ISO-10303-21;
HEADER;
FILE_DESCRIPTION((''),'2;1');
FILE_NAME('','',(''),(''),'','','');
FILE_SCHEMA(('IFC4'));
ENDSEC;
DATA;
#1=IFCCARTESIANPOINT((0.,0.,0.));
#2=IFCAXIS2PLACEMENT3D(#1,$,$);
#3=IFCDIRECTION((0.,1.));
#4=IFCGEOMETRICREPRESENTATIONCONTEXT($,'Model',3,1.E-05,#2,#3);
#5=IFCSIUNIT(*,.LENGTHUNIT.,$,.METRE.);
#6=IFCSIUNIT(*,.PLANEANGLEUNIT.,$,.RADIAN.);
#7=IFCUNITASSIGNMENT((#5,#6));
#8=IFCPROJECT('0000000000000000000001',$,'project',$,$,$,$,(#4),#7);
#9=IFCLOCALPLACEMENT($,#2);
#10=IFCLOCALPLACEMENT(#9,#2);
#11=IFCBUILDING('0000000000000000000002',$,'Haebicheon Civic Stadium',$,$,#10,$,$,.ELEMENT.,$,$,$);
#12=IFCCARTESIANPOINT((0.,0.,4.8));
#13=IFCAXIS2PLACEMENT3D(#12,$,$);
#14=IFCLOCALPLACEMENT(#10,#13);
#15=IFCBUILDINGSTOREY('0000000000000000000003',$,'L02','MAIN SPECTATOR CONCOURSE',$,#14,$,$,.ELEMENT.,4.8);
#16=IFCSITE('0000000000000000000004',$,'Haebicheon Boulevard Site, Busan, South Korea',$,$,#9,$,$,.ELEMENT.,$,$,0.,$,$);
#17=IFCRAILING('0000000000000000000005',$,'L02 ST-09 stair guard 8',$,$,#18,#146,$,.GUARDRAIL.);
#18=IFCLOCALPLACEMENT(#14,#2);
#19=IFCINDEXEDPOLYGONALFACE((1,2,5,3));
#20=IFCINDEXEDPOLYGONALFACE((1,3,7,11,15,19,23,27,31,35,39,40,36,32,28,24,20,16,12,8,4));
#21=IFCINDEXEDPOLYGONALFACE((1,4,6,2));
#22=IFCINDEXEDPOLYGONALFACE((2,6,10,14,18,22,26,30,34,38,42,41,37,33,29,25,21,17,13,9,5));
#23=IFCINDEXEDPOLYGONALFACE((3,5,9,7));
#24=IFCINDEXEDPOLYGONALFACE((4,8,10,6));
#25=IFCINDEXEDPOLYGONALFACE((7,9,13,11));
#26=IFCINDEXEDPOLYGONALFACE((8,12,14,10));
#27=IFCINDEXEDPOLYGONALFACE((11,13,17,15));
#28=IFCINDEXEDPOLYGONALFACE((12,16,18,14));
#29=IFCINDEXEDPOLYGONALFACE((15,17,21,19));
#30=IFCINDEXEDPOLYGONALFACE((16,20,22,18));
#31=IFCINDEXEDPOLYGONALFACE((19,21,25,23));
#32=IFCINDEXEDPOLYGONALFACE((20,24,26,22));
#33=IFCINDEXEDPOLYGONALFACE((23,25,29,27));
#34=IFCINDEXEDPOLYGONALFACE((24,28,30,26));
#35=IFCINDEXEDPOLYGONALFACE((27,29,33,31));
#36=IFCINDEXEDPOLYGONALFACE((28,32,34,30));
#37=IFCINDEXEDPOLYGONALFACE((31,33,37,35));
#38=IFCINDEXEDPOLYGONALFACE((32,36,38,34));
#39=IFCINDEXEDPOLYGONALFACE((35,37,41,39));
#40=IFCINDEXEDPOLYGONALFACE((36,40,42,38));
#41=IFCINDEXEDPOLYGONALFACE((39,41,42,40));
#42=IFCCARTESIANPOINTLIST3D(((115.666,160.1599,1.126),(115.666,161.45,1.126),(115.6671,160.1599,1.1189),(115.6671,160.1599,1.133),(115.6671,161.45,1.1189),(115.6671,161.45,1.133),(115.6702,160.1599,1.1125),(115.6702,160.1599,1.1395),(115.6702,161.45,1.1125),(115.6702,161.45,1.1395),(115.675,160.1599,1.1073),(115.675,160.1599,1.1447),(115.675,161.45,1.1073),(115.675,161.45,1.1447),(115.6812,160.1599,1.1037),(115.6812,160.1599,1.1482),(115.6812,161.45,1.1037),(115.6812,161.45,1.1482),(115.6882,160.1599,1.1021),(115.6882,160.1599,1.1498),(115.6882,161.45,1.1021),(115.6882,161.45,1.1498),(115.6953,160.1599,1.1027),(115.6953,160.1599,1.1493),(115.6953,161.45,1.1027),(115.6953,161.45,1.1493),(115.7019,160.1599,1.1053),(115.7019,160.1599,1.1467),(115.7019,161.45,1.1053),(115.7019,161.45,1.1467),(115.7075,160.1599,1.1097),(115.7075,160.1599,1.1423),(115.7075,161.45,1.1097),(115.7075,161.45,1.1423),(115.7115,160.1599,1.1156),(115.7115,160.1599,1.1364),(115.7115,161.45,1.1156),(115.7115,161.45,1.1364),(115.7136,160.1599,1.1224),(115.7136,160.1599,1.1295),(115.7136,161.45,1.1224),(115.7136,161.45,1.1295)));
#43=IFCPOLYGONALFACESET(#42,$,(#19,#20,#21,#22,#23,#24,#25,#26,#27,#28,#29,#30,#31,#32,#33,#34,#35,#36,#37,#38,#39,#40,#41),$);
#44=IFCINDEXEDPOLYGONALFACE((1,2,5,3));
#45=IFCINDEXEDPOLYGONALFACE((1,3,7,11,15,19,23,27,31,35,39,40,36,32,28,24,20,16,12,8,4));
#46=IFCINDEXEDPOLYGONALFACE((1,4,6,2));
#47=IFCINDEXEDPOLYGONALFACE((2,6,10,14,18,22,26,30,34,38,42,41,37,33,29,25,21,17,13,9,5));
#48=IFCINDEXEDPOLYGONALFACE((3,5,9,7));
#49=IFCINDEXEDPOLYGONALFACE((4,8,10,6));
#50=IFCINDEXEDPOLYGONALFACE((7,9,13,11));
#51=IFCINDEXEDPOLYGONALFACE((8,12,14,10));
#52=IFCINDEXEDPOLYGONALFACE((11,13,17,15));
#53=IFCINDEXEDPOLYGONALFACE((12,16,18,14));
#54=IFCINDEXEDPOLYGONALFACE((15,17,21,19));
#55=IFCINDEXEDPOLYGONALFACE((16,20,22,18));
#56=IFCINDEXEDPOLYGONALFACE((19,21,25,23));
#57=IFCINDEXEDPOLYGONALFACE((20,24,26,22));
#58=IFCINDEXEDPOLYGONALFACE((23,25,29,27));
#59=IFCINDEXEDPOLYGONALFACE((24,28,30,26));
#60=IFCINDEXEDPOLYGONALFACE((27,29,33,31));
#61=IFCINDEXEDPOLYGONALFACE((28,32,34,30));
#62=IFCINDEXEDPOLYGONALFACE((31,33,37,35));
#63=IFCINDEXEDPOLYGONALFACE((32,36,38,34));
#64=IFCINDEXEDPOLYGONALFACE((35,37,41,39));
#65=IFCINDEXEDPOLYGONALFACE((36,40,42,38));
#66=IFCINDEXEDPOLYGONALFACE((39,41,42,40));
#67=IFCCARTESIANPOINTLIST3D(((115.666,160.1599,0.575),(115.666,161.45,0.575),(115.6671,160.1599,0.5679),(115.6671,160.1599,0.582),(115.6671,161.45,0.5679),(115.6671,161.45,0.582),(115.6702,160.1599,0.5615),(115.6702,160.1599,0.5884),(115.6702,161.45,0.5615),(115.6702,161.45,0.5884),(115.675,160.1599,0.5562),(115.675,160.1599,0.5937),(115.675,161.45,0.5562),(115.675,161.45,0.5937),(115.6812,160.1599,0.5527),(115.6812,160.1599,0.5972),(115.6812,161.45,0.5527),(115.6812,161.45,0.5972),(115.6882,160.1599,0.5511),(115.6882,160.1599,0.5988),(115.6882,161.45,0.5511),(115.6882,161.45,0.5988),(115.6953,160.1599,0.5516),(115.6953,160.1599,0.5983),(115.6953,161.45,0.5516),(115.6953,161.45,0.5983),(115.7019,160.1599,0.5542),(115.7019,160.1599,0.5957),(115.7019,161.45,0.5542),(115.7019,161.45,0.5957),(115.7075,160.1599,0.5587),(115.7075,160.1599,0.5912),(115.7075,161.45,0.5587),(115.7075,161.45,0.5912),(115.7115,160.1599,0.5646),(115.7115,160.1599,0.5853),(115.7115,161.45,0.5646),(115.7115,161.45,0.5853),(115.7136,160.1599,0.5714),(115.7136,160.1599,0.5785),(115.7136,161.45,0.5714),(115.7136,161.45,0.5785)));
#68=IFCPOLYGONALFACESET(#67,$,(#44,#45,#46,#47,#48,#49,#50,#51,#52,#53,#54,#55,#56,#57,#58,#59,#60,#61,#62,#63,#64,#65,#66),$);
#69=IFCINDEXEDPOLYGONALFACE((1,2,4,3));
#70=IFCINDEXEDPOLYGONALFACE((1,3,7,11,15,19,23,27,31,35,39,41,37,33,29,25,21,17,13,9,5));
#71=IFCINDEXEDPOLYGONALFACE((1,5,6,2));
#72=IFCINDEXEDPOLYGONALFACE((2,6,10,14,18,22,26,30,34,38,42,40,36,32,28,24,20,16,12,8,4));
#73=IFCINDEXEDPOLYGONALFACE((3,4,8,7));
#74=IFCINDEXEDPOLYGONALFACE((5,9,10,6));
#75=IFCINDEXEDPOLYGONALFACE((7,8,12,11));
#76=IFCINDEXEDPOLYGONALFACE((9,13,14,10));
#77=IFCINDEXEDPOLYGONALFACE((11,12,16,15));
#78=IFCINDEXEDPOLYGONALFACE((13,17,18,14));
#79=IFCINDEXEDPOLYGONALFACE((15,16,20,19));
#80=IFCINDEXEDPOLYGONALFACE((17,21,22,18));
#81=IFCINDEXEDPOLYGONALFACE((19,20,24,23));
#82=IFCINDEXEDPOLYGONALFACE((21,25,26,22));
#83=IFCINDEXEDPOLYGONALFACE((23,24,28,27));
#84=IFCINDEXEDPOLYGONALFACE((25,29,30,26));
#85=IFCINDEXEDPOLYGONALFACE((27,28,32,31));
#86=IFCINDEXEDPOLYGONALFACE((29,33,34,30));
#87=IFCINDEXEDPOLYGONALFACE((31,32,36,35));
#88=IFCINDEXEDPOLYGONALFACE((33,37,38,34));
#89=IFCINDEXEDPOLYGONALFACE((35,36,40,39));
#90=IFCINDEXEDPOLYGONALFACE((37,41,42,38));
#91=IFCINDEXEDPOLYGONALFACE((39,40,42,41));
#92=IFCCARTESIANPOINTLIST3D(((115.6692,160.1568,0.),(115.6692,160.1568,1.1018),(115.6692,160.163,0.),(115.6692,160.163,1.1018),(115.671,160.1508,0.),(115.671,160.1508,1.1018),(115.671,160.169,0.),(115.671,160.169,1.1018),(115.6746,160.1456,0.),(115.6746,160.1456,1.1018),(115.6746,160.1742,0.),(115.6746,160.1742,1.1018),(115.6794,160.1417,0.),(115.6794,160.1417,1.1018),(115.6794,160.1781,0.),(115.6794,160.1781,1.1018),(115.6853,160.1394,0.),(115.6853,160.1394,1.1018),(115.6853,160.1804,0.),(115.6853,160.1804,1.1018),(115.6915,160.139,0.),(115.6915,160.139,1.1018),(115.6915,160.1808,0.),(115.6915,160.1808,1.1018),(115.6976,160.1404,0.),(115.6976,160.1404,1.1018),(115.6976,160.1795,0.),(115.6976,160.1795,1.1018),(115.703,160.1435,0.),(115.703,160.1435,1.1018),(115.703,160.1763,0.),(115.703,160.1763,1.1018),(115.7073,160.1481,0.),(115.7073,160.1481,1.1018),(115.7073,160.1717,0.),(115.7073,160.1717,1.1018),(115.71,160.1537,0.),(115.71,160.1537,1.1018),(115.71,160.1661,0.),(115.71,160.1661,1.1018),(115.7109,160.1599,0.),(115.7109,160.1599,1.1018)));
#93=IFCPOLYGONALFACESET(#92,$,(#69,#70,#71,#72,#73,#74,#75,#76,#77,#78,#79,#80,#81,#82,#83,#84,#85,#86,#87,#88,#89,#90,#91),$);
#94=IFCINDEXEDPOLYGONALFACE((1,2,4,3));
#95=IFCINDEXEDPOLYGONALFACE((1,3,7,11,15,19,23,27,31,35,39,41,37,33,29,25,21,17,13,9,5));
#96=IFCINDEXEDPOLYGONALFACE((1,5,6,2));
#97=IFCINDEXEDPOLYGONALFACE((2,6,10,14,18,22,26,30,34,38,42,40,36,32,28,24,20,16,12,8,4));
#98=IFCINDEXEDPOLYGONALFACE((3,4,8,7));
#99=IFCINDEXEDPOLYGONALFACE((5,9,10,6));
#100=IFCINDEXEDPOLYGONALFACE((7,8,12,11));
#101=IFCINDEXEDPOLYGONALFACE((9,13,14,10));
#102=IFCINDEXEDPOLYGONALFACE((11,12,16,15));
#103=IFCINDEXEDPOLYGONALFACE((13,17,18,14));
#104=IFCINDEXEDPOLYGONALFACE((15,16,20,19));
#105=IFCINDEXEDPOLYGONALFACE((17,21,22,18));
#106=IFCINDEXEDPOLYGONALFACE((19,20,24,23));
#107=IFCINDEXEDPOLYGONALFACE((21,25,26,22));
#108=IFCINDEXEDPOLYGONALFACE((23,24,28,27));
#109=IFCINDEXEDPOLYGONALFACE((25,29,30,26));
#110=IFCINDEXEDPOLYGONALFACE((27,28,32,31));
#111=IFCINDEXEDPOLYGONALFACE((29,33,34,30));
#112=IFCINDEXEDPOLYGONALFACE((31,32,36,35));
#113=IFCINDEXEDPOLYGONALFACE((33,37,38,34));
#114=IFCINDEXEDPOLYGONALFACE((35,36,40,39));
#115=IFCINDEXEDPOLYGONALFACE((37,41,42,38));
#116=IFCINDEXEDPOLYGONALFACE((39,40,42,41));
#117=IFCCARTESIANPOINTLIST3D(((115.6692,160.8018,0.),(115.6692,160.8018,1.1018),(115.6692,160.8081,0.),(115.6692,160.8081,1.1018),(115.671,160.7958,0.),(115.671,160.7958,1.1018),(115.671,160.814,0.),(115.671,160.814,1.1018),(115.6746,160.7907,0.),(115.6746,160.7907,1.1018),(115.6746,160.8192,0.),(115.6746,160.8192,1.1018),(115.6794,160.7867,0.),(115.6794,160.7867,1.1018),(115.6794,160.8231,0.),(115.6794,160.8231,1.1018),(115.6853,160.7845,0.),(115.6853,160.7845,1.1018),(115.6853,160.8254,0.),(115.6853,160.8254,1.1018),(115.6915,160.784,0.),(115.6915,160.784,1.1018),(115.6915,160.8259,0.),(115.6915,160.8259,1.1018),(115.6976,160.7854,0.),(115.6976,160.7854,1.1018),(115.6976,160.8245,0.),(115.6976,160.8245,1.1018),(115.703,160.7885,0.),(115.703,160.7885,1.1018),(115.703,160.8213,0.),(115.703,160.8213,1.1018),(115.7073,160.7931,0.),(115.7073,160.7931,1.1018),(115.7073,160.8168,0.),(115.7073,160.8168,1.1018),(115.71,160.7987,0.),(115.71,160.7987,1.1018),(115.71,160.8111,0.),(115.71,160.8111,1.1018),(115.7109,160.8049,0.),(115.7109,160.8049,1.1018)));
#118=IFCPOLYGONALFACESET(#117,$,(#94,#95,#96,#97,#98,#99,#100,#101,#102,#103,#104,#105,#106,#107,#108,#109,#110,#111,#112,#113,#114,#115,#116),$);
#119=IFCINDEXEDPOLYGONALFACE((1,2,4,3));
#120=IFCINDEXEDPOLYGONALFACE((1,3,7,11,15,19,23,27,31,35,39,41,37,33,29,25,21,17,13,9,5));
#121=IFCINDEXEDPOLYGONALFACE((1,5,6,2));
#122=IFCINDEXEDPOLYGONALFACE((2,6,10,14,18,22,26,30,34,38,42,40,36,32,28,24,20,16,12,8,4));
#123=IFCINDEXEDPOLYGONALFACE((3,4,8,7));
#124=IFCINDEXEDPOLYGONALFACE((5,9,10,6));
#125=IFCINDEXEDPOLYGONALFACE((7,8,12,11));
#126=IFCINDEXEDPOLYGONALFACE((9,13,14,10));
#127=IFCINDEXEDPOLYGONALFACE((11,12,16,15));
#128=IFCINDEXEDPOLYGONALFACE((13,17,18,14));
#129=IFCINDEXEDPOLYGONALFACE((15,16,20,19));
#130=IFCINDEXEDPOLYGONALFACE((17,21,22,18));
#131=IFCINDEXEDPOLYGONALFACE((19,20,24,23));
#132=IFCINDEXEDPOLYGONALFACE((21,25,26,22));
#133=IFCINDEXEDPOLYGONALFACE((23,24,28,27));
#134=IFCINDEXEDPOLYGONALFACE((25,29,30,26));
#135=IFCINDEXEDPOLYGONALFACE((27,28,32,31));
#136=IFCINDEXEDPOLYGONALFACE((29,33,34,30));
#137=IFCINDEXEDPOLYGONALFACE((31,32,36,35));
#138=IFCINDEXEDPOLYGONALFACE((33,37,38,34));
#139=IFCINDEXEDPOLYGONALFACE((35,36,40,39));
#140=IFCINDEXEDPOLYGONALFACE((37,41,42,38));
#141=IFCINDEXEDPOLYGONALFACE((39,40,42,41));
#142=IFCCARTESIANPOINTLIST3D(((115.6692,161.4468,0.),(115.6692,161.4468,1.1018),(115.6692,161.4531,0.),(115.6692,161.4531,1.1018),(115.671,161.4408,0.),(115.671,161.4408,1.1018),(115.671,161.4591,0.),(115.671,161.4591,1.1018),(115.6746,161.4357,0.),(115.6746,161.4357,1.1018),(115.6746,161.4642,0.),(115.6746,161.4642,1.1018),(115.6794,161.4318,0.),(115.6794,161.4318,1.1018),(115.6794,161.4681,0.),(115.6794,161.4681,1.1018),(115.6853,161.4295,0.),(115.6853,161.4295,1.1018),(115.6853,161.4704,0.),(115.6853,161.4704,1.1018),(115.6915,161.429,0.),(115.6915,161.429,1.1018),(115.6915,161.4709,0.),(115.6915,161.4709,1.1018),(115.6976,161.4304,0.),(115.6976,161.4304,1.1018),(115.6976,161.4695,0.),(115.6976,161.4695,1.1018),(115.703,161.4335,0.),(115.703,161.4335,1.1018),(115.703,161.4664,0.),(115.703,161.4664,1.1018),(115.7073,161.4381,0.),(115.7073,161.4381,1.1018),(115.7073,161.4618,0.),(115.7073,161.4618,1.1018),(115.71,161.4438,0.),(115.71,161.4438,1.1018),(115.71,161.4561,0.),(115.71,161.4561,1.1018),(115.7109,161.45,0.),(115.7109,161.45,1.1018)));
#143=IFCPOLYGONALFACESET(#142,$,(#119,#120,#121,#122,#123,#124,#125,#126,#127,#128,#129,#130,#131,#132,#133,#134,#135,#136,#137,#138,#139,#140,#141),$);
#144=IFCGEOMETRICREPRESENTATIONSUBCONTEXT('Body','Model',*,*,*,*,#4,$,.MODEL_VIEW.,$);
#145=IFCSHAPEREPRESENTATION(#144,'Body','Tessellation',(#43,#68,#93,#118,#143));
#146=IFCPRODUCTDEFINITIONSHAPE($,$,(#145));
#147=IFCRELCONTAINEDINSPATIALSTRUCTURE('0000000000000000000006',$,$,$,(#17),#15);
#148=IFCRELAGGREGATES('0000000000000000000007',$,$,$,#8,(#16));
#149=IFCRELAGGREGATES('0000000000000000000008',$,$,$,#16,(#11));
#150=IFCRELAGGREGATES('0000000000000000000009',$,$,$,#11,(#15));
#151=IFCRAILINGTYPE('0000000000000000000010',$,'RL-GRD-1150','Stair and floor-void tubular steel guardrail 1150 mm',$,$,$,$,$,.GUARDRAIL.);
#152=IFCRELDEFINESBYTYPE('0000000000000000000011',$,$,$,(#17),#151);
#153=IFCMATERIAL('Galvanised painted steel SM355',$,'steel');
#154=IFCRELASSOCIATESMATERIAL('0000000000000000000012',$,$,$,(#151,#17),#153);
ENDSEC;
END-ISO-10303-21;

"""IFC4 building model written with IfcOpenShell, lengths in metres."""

from ifc_helpers import new_model, si_unit, direction, frame, origin, origin_2d, place, context, subcontext, project, spatial, circle, extrude, material, type_object, element, save


model = new_model("IFC4")

# Units and contexts
model_context = context("Model", 3, precision=1e-05, world=origin(), true_north=direction((0.0, 1.0)))
body_context = subcontext(model_context, "Body", "Model", "MODEL_VIEW")
ifc_project = project(units=[si_unit("LENGTHUNIT", "METRE"), si_unit("PLANEANGLEUNIT", "RADIAN")], contexts=[model_context])

# Site, building, storey
site_placement = place(None, origin())
site = spatial("IfcSite", under=ifc_project, at=site_placement, Name="Haebicheon Boulevard Site, Busan, South Korea", CompositionType="ELEMENT", RefElevation=0.0)
building_placement = place(site_placement, origin())
building = spatial("IfcBuilding", under=site, at=building_placement, Name="Haebicheon Civic Stadium", CompositionType="ELEMENT")
storey_placement = place(building_placement, frame((0.0, 0.0, 4.8)))
storey = spatial("IfcBuildingStorey", under=building, at=storey_placement, Name="L02", Description="MAIN SPECTATOR CONCOURSE", CompositionType="ELEMENT", Elevation=4.8)

# Railing
ifc_material_1 = material(Name="Galvanised painted steel SM355", Category="steel")
railing_type_1 = type_object("IfcRailingType", Name="RL-GRD-1150", Description="Stair and floor-void tubular steel guardrail 1150 mm", PredefinedType="GUARDRAIL", material=ifc_material_1)
for number, where, name in (
    (1, (115.6899, 160.1599, 0.0), "L02 ST-09 stair guard 8"),
):
    element("IfcRailing", number, at=place(storey_placement, frame(where)), inside=storey, type_object=railing_type_1, material=ifc_material_1, Name=name, PredefinedType="GUARDRAIL", context=body_context, shape_type="SweptSolid", body=[
        extrude(circle(Radius=0.0239, at=origin_2d()), frame((0.0, 0.0, 1.126), z_axis=(0.0, 1.0, 0.0), x_axis=(-1.0, 0.0, 0.0)), (0.0, 0.0, 1.0), 1.29),
        extrude(circle(Radius=0.0239, at=origin_2d()), frame((0.0, 0.0, 0.575), z_axis=(0.0, 1.0, 0.0), x_axis=(-1.0, 0.0, 0.0)), (0.0, 0.0, 1.0), 1.29),
        extrude(circle(Radius=0.021, at=origin_2d()), origin(), (0.0, 0.0, 1.0), 1.1018),
        extrude(circle(Radius=0.021, at=origin_2d()), frame((0.0, 0.645, 0.0)), (0.0, 0.0, 1.0), 1.1018),
        extrude(circle(Radius=0.021, at=origin_2d()), frame((0.0, 1.29, 0.0)), (0.0, 0.0, 1.0), 1.1018),
    ])

save(model, "model.ifc")
